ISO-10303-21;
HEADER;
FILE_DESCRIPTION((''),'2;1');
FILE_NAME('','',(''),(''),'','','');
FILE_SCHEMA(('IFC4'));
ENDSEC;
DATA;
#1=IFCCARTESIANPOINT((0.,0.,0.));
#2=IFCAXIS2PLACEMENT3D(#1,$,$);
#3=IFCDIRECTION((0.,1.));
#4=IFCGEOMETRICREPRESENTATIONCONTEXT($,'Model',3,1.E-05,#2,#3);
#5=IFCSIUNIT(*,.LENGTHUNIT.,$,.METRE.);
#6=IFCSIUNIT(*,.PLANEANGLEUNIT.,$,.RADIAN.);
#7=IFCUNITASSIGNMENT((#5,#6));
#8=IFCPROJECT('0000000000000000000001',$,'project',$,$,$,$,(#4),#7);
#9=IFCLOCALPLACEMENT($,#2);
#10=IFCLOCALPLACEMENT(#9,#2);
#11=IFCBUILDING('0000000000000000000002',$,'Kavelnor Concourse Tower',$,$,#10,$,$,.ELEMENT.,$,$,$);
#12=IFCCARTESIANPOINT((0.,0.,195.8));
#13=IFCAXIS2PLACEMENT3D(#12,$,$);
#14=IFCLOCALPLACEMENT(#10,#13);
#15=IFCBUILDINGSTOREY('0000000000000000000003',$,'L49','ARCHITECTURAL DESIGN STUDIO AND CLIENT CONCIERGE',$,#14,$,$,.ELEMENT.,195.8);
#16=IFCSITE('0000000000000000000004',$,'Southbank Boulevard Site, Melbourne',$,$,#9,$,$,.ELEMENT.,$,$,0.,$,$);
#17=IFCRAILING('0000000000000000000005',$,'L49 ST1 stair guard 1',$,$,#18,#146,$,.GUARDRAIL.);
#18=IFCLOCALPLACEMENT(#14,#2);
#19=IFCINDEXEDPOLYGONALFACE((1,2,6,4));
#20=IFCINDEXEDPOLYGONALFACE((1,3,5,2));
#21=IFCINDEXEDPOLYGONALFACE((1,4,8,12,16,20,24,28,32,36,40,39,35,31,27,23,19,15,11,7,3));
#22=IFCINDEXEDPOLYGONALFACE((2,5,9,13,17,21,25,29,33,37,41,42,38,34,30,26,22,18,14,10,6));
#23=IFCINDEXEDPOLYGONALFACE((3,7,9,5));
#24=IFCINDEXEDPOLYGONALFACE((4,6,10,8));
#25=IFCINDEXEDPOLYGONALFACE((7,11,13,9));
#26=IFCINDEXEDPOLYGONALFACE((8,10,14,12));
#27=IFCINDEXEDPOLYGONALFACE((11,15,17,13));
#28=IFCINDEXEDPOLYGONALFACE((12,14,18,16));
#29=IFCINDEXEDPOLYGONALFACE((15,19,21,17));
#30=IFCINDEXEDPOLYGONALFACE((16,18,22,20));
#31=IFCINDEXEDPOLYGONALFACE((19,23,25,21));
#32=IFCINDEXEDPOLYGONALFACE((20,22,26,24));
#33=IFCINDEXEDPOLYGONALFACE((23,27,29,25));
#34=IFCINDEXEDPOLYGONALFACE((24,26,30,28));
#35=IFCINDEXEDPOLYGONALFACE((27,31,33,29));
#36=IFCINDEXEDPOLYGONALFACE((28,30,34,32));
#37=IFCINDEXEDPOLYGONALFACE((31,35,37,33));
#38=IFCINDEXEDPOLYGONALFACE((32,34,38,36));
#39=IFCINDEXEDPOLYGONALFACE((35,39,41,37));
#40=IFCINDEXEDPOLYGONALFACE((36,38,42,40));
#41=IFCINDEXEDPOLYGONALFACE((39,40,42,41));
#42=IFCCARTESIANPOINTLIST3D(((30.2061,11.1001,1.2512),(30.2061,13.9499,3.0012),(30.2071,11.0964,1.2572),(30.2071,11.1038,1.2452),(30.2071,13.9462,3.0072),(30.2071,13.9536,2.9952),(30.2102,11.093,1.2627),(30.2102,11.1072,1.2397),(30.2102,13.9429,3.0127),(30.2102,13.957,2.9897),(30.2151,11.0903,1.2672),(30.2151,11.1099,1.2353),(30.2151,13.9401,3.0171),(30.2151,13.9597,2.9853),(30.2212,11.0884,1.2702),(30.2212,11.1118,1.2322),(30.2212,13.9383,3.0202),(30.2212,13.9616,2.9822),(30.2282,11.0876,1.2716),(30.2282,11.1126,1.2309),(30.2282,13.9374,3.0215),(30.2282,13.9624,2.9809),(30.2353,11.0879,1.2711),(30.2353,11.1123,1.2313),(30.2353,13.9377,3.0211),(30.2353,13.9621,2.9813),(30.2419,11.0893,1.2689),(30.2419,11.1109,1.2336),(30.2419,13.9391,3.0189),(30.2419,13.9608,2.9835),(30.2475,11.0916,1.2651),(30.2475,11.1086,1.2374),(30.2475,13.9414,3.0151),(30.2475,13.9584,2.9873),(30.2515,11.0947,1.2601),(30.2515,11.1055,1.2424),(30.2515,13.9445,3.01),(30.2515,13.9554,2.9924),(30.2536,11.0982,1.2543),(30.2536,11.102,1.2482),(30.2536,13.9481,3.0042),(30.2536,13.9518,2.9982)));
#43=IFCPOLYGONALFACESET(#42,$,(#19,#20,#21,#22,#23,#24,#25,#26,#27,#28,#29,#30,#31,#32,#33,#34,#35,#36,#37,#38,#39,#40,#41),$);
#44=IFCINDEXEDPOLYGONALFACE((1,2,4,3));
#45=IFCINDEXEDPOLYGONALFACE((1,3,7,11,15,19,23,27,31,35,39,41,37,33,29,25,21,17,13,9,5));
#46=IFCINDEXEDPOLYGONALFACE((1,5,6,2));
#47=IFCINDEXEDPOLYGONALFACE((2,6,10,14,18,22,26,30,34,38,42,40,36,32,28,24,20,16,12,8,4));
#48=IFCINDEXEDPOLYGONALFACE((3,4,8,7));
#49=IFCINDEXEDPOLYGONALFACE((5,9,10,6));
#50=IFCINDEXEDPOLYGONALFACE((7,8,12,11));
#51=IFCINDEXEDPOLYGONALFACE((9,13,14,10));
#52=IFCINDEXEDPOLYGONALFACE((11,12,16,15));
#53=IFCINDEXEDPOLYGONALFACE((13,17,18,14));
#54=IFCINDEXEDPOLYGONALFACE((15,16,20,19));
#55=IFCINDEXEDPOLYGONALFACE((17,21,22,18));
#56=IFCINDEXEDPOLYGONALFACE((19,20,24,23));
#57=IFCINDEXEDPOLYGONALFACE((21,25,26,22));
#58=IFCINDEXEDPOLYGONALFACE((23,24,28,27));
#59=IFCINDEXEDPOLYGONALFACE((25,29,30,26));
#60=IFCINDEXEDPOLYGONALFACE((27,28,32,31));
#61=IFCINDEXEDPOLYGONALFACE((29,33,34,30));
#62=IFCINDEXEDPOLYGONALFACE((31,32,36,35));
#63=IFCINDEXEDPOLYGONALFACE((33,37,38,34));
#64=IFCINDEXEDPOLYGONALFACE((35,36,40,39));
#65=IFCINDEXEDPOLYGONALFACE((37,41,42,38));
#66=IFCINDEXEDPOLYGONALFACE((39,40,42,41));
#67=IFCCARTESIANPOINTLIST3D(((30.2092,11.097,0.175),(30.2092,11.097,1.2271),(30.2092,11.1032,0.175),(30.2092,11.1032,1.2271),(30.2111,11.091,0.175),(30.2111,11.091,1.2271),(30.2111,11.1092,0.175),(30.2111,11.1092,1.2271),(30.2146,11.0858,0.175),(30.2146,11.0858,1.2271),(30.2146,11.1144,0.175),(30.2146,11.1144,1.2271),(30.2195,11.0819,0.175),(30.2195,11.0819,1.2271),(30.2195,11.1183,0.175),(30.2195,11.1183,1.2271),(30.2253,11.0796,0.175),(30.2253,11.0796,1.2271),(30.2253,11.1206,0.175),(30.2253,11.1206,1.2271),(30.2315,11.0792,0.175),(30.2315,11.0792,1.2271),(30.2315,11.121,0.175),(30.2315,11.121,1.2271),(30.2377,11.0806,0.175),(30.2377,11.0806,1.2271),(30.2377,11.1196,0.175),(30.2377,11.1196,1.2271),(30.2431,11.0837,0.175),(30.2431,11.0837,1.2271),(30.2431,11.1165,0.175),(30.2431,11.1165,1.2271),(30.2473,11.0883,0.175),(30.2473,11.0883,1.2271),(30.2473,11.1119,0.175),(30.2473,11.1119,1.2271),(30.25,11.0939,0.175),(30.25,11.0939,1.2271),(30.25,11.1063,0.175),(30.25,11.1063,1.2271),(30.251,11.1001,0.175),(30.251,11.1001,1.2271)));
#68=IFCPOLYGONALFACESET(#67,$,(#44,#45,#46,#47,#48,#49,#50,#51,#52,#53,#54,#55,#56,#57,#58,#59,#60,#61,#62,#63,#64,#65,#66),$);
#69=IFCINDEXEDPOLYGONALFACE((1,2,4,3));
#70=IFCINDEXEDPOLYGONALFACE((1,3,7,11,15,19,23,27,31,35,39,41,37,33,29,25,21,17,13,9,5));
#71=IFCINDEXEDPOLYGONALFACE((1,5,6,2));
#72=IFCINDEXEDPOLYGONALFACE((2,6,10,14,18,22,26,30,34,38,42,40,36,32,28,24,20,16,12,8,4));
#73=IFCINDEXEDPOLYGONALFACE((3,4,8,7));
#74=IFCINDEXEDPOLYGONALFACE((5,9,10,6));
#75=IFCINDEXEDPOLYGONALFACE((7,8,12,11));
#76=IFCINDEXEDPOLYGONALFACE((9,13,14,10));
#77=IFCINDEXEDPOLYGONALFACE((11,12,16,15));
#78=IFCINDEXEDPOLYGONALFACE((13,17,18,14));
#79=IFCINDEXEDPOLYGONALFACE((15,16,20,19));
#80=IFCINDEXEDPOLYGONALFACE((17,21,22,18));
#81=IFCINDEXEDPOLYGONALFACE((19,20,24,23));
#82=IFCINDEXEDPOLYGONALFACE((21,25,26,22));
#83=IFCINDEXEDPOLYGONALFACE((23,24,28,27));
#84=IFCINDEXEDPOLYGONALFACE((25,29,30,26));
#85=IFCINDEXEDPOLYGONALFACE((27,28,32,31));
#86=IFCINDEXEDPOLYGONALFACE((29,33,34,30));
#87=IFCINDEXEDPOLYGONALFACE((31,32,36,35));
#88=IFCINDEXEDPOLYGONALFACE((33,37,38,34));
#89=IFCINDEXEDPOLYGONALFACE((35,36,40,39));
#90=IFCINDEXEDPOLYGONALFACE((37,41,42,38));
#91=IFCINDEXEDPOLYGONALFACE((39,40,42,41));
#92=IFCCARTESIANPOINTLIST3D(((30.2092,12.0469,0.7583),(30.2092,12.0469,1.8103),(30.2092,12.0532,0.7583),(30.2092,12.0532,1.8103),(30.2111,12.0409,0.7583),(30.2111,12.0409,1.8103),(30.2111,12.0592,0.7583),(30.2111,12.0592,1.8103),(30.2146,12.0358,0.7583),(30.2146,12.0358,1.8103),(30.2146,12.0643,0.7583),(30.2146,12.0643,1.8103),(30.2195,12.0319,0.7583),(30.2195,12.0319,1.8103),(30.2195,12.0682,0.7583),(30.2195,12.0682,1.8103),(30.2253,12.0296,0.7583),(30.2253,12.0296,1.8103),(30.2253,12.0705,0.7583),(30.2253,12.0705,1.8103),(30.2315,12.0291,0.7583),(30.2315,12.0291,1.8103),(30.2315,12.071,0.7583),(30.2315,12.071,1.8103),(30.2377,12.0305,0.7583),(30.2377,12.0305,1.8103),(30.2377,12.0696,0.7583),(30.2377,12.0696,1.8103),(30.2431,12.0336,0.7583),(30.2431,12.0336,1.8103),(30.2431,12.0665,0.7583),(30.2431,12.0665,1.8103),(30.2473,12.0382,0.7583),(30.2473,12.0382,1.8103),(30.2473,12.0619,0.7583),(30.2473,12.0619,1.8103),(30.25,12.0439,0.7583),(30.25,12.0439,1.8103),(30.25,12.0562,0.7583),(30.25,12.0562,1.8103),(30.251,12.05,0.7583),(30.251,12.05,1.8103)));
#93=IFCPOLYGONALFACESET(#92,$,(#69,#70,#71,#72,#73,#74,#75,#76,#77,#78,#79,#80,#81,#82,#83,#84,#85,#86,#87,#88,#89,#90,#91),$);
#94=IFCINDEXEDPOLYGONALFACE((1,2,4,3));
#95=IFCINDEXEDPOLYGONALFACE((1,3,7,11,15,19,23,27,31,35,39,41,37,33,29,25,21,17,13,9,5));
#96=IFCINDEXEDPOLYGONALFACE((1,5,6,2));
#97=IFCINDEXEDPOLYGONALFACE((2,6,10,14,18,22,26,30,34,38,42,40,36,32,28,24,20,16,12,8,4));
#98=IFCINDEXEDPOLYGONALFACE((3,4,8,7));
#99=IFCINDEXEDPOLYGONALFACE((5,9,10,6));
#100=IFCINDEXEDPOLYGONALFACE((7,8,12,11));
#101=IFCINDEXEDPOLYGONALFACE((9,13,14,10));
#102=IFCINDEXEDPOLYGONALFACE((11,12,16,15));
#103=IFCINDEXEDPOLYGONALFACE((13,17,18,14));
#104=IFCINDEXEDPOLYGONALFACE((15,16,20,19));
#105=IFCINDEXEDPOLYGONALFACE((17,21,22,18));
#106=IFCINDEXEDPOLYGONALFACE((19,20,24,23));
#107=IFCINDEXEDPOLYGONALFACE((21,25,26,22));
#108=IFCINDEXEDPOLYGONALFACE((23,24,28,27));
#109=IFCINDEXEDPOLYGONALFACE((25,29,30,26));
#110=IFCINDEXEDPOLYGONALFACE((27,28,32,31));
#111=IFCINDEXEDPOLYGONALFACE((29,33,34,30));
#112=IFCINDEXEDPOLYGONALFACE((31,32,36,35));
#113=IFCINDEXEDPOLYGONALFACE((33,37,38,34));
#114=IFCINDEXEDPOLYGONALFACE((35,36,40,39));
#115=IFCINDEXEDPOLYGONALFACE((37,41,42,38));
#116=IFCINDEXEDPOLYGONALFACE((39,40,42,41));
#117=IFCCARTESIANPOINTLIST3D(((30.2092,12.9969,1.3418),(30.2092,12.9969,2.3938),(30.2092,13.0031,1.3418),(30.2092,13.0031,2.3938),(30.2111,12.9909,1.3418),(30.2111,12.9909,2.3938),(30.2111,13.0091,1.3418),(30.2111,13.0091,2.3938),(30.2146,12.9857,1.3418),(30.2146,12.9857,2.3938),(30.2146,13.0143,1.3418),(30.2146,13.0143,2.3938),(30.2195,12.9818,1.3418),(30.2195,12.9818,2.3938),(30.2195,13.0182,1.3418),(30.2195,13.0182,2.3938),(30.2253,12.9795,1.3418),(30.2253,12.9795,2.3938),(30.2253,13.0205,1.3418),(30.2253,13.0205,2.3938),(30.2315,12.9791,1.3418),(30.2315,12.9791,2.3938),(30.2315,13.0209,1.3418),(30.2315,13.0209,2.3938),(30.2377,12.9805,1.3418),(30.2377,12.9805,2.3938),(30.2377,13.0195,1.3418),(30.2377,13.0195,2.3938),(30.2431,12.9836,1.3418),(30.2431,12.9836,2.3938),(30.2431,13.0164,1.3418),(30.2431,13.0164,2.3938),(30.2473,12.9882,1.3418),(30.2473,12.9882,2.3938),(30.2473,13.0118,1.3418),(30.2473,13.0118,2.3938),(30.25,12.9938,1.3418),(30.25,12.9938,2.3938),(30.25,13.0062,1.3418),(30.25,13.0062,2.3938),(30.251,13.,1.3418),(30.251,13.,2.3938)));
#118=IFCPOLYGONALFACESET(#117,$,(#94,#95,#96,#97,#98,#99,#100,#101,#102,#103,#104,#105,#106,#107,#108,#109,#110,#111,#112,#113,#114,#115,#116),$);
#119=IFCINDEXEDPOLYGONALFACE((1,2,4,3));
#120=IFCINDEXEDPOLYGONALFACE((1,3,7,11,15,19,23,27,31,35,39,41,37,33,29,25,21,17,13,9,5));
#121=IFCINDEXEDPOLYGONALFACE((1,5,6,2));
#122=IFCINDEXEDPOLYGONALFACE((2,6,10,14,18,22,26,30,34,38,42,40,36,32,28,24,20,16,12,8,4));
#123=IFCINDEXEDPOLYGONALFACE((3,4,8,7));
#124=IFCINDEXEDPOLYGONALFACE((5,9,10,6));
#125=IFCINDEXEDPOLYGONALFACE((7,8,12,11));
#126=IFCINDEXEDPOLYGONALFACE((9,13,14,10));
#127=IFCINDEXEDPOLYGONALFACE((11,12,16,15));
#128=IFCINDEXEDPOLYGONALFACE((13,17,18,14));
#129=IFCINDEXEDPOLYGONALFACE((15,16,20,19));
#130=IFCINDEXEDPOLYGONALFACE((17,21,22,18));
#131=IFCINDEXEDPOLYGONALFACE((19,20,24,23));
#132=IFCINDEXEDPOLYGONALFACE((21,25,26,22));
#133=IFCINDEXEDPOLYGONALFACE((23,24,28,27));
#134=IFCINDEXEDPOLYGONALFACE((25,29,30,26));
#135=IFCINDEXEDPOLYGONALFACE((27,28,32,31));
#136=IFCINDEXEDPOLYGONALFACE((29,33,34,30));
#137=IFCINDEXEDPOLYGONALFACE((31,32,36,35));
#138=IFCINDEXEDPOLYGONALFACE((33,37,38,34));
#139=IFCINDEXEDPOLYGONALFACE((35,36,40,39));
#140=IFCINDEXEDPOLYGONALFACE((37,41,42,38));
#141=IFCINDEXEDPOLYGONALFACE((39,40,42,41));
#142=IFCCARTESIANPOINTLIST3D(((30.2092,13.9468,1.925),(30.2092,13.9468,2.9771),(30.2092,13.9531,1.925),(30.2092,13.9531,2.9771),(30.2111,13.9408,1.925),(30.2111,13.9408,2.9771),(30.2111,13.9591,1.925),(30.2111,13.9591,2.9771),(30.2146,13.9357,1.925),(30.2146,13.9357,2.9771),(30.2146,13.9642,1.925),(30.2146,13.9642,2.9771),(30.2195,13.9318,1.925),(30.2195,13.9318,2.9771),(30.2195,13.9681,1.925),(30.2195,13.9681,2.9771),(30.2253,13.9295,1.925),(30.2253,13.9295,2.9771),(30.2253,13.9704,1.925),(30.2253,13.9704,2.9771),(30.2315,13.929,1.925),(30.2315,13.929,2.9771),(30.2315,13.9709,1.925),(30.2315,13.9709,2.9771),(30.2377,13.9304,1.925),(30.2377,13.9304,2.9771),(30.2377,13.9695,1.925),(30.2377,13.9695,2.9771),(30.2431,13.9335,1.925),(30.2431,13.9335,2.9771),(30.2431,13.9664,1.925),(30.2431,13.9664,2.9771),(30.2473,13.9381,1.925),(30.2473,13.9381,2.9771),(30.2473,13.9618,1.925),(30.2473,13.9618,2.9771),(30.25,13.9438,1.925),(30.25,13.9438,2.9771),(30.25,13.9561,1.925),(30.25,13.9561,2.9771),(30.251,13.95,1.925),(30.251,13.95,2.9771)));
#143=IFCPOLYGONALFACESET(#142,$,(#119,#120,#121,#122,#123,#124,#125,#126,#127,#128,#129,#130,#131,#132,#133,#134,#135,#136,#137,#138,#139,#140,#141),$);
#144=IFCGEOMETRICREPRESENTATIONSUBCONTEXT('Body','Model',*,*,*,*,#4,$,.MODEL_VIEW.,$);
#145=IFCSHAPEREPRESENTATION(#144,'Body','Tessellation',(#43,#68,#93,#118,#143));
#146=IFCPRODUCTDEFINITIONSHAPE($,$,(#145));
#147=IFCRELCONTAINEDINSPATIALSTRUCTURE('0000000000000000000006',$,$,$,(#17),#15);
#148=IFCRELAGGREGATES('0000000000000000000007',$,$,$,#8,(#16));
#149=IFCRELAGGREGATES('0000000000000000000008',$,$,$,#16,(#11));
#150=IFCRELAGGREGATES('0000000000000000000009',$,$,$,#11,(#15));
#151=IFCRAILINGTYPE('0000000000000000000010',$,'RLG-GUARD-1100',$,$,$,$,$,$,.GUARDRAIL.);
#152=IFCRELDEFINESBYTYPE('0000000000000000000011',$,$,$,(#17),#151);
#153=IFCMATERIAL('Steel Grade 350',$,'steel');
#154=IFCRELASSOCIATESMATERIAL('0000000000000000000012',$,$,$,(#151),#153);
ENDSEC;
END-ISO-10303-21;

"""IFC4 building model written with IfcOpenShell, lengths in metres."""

from ifc_helpers import new_model, si_unit, direction, frame, origin, origin_2d, place, context, subcontext, project, spatial, circle, extrude, material, type_object, element, save


model = new_model("IFC4")

# Units and contexts
model_context = context("Model", 3, precision=1e-05, world=origin(), true_north=direction((0.0, 1.0)))
body_context = subcontext(model_context, "Body", "Model", "MODEL_VIEW")
ifc_project = project(units=[si_unit("LENGTHUNIT", "METRE"), si_unit("PLANEANGLEUNIT", "RADIAN")], contexts=[model_context])

# Site, building, storey
site_placement = place(None, origin())
site = spatial("IfcSite", under=ifc_project, at=site_placement, Name="Southbank Boulevard Site, Melbourne", CompositionType="ELEMENT", RefElevation=0.0)
building_placement = place(site_placement, origin())
building = spatial("IfcBuilding", under=site, at=building_placement, Name="Kavelnor Concourse Tower", CompositionType="ELEMENT")
storey_placement = place(building_placement, frame((0.0, 0.0, 195.8)))
storey = spatial("IfcBuildingStorey", under=building, at=storey_placement, Name="L49", Description="ARCHITECTURAL DESIGN STUDIO AND CLIENT CONCIERGE", CompositionType="ELEMENT", Elevation=195.8)

# Shared definitions
ifc_material_1 = material(Name="Steel Grade 350", Category="steel")

# Railing
railing_type_1 = type_object("IfcRailingType", Name="RLG-GUARD-1100", PredefinedType="GUARDRAIL", material=ifc_material_1)
railing_1_placement = place(storey_placement, frame((30.23, 11.1001, 0.175)))
element("IfcRailing", 1, at=railing_1_placement, inside=storey, type_object=railing_type_1, Name="L49 ST1 stair guard 1", PredefinedType="GUARDRAIL", context=body_context, shape_type="SweptSolid", body=[
    extrude(circle(Radius=0.0239, at=origin_2d()), frame((0.0, 0.0, 1.0762), z_axis=(0.0, 0.852159, 0.523283), x_axis=(-1.0, 0.0, 0.0)), (0.0, 0.0, 1.0), 3.3442),
    extrude(circle(Radius=0.021, at=origin_2d()), origin(), (0.0, 0.0, 1.0), 1.052),
    extrude(circle(Radius=0.021, at=origin_2d()), frame((0.0, 0.95, 0.5833)), (0.0, 0.0, 1.0), 1.052),
    extrude(circle(Radius=0.021, at=origin_2d()), frame((0.0, 1.8999, 1.1667)), (0.0, 0.0, 1.0), 1.052),
    extrude(circle(Radius=0.021, at=origin_2d()), frame((0.0, 2.8499, 1.75)), (0.0, 0.0, 1.0), 1.052),
])

save(model, "model.ifc")
